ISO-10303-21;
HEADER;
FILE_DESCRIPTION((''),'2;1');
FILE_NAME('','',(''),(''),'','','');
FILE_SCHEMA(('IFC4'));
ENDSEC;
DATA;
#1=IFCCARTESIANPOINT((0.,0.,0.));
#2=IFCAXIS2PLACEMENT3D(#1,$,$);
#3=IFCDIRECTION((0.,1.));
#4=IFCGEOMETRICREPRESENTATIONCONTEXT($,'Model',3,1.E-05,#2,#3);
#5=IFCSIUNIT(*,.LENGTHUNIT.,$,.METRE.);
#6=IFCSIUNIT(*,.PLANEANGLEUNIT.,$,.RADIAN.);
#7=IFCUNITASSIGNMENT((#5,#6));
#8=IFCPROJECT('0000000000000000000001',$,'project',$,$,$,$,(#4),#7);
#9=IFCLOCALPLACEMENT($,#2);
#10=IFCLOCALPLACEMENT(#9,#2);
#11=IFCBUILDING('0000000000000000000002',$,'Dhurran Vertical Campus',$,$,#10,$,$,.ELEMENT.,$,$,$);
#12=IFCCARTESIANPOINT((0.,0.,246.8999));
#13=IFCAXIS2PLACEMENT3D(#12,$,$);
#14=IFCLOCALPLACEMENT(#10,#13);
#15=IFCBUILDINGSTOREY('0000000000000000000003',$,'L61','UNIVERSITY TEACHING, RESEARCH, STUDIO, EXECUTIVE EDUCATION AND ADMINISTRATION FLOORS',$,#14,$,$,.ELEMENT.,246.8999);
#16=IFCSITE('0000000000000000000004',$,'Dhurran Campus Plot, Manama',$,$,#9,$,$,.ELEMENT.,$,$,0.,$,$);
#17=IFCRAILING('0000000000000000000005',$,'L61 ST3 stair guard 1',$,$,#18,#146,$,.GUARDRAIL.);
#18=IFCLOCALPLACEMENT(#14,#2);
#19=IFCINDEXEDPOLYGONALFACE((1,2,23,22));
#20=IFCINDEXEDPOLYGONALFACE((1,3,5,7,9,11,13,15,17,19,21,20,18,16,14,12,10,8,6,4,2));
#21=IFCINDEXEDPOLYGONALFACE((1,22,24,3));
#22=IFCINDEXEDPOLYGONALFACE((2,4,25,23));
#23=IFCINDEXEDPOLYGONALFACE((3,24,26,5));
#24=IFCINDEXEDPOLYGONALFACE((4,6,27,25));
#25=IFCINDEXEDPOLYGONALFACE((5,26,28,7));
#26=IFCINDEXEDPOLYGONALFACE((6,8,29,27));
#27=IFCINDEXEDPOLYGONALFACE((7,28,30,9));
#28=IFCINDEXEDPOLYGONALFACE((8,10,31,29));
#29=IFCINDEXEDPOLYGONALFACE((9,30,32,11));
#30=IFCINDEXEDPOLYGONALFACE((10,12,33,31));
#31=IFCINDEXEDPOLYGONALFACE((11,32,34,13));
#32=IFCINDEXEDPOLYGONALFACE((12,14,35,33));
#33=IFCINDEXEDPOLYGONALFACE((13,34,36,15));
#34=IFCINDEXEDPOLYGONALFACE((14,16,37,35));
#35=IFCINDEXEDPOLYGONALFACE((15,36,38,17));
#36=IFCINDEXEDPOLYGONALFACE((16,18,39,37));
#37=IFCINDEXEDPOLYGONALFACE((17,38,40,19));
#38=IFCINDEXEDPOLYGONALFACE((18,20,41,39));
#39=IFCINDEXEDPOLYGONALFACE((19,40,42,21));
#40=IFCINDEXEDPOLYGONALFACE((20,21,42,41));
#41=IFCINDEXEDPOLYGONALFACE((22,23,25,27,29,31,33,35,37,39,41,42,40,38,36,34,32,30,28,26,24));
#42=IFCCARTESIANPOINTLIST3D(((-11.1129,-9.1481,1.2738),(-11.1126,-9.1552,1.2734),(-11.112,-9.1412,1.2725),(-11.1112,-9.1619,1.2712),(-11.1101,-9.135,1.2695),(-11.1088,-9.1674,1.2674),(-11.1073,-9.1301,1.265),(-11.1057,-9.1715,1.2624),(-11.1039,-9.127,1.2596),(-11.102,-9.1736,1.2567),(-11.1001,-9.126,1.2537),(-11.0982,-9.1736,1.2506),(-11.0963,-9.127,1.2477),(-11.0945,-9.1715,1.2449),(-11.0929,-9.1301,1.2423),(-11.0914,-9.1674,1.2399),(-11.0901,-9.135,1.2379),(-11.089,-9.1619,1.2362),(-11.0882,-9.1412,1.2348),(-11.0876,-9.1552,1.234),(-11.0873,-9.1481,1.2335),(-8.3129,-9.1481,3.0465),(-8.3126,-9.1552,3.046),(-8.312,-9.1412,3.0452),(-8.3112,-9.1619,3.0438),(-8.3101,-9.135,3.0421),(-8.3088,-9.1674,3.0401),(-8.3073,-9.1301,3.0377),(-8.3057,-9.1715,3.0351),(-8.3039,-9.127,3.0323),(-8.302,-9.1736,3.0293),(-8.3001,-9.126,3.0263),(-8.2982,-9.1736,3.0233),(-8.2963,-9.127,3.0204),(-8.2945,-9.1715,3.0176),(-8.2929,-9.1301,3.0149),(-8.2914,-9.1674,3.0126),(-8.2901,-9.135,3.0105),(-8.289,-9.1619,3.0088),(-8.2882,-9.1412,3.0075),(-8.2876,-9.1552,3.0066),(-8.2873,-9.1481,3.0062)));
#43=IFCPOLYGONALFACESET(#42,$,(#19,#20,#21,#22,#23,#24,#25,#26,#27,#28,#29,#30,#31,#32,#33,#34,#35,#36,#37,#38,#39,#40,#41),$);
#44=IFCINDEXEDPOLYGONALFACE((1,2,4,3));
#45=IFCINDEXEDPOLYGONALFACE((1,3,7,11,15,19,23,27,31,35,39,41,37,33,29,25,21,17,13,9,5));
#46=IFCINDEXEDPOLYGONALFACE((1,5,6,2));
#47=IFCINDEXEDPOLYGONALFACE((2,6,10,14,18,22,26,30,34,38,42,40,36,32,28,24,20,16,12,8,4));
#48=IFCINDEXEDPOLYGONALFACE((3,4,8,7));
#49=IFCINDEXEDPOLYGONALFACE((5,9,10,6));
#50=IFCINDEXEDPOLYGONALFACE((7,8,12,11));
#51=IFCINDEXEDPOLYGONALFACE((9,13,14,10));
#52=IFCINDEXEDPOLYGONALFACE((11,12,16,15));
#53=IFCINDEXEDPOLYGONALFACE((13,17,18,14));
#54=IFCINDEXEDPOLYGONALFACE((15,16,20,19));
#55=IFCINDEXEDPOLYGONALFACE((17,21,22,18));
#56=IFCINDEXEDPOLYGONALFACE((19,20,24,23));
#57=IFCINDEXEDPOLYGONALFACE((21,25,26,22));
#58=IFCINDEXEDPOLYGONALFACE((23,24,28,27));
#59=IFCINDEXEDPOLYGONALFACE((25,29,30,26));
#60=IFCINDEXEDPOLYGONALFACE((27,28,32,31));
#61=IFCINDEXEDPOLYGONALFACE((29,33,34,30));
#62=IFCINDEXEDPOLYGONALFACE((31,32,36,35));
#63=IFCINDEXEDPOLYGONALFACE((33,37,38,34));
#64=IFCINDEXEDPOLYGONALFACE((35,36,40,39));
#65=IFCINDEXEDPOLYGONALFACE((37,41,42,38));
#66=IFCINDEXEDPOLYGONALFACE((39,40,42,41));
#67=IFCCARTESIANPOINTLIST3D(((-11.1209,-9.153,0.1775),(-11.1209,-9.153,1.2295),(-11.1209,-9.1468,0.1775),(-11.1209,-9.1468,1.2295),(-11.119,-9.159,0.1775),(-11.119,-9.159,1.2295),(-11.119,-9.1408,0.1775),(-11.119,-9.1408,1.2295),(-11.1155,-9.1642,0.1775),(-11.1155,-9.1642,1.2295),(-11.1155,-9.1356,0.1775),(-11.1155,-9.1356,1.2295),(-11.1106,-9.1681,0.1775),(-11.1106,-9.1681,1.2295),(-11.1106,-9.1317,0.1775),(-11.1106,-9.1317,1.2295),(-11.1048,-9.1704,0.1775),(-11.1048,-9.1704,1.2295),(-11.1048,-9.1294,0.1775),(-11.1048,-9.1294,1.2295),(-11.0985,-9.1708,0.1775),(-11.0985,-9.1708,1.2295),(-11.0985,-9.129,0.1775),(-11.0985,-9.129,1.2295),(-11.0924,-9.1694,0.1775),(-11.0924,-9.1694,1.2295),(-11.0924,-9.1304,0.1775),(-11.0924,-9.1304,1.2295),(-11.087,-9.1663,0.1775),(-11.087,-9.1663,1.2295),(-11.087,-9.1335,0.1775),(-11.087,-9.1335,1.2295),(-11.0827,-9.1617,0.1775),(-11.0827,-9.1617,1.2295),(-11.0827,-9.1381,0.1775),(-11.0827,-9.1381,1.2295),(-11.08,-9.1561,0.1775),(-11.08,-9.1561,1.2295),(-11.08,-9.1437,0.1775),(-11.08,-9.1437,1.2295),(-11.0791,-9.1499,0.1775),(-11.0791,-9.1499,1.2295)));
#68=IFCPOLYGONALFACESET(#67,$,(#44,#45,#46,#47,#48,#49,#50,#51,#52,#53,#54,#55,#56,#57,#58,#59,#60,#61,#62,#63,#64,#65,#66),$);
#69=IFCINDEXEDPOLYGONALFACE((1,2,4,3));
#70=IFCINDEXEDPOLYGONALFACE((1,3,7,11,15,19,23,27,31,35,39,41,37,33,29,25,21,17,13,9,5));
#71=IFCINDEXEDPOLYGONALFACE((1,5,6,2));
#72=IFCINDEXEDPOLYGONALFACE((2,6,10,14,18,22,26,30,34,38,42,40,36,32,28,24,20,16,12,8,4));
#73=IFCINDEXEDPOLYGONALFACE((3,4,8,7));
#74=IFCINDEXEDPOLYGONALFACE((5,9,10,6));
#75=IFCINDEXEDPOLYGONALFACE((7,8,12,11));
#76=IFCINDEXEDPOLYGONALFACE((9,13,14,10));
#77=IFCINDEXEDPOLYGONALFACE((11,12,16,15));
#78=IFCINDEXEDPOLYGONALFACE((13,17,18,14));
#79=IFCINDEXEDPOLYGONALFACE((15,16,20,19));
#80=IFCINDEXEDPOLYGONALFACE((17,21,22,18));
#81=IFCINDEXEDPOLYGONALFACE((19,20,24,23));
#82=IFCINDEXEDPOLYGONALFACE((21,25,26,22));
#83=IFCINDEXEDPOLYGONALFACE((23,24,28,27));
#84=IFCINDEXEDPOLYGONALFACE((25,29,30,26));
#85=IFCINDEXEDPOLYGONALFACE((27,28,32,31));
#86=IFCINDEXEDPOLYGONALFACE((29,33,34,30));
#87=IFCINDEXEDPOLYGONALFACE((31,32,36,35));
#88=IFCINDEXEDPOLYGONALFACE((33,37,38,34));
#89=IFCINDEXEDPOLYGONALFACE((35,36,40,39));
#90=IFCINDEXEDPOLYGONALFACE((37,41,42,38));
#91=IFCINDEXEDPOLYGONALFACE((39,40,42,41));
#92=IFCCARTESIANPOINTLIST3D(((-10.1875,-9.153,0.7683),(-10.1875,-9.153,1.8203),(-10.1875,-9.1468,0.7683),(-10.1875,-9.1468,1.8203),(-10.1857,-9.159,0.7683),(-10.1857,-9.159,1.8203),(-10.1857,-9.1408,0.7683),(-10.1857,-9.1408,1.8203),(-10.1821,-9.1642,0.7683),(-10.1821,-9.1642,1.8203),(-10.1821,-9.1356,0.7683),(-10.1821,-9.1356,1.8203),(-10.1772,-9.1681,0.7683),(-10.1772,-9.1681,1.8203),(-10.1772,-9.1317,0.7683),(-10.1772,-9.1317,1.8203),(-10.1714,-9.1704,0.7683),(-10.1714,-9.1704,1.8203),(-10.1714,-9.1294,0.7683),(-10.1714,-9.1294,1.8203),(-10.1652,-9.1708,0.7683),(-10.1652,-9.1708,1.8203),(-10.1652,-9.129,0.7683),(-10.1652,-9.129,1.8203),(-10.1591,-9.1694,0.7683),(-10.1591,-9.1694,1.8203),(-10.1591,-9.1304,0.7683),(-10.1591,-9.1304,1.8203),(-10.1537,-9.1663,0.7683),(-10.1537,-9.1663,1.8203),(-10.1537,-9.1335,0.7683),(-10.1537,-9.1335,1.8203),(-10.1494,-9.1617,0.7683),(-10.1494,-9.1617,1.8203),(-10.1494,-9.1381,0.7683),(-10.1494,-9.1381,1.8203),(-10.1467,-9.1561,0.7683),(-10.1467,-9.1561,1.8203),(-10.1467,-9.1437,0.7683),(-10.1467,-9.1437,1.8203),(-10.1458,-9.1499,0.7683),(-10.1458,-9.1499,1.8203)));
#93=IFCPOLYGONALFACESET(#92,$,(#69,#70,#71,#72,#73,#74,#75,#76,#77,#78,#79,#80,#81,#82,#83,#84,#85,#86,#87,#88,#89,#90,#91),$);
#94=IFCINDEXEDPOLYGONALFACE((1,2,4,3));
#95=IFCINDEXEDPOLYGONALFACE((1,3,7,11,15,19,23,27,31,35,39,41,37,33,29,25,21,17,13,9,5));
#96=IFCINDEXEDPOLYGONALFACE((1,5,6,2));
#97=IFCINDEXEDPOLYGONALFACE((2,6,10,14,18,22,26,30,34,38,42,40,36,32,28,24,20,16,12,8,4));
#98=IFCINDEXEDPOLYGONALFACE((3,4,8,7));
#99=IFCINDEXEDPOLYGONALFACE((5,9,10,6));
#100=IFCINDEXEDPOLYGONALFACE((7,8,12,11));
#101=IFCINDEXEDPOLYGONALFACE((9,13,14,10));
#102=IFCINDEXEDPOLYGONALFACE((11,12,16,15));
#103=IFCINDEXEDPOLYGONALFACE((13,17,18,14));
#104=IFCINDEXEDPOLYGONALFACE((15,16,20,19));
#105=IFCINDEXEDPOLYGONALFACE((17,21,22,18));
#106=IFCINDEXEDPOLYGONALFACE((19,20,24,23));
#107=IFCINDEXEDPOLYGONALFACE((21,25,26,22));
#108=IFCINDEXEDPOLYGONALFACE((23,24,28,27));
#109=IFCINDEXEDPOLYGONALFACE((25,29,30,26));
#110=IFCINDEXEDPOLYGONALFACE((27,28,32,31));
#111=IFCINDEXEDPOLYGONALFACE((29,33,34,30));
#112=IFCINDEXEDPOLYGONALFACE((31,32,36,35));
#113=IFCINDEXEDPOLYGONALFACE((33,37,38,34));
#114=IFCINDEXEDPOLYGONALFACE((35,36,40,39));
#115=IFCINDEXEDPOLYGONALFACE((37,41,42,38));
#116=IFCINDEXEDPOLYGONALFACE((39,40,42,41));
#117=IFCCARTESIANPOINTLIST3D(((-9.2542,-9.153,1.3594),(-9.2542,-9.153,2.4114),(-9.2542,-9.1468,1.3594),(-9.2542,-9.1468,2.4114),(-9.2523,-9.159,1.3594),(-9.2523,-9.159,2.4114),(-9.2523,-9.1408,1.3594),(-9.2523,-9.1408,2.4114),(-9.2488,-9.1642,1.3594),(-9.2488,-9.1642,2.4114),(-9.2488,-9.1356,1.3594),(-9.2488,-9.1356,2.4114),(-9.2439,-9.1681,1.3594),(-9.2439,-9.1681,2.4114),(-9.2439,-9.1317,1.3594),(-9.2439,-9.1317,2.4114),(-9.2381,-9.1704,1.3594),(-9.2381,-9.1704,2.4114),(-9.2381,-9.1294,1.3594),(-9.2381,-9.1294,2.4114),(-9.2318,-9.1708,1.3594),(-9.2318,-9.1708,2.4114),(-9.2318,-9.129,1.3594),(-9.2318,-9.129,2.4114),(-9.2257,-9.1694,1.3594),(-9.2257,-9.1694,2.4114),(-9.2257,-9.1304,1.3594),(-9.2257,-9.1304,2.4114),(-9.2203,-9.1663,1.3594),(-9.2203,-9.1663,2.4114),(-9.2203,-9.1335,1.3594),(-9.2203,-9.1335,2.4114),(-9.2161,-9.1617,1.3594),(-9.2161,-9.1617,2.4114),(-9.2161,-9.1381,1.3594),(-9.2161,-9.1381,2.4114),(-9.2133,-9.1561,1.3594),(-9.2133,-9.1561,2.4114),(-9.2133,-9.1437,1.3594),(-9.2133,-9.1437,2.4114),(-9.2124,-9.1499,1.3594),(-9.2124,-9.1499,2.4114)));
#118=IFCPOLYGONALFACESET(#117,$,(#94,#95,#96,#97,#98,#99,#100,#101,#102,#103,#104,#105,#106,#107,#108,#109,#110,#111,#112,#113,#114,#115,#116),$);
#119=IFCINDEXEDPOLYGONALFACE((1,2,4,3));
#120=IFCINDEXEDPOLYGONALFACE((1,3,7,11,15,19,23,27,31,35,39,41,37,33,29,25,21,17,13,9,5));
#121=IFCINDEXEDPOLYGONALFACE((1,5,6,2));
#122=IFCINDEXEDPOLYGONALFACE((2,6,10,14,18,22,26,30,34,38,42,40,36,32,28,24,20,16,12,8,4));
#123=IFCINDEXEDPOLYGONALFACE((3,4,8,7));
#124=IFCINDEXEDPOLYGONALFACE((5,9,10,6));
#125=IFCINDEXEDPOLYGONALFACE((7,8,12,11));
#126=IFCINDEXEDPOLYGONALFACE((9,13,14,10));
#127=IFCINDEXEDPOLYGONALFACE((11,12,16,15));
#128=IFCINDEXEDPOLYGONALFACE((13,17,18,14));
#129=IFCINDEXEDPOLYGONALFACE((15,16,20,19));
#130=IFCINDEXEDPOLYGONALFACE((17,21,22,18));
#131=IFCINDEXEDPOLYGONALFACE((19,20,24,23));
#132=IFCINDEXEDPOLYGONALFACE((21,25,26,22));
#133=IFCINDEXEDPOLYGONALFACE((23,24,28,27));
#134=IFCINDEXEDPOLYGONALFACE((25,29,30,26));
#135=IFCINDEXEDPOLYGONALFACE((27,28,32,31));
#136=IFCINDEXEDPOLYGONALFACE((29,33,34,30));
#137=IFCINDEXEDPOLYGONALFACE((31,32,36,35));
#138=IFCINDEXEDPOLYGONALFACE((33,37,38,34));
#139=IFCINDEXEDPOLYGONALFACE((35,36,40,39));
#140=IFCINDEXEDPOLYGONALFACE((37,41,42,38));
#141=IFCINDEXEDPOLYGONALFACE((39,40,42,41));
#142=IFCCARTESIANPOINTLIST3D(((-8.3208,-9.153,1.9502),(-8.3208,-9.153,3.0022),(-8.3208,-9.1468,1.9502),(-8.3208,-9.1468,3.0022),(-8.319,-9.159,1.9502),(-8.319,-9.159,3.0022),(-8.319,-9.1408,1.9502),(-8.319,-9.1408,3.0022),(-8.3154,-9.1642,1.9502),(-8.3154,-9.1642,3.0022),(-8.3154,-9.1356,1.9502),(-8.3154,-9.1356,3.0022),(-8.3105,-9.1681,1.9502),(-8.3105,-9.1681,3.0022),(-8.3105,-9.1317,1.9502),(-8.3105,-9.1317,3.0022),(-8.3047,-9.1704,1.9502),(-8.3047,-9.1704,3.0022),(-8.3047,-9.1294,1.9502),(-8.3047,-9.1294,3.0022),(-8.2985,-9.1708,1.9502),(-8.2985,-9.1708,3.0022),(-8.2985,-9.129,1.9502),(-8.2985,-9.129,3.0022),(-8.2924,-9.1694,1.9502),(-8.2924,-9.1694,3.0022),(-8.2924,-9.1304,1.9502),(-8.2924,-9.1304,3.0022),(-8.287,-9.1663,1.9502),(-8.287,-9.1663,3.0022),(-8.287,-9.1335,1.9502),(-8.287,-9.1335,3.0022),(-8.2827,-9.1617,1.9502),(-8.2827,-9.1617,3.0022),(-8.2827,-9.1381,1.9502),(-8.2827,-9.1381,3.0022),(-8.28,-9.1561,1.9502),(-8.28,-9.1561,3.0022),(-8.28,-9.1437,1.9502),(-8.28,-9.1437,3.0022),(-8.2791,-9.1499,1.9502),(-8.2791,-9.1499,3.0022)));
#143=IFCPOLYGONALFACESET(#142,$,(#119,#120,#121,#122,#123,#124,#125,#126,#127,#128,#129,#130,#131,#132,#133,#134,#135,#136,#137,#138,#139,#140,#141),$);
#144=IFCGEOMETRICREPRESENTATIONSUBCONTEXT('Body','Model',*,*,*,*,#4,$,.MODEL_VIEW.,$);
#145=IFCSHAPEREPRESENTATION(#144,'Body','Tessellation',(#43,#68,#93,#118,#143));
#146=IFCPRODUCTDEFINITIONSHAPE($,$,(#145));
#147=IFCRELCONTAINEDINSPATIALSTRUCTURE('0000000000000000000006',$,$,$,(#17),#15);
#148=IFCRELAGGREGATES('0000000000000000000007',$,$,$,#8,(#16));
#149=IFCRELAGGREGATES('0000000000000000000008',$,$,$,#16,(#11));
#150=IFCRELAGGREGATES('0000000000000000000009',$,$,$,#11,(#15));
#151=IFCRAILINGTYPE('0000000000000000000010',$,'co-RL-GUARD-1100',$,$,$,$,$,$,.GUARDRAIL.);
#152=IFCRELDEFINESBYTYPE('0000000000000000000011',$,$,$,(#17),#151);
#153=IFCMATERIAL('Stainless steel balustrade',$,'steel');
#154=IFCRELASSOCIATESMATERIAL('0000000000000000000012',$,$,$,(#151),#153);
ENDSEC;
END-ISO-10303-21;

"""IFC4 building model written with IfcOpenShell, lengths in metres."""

from ifc_helpers import new_model, si_unit, direction, frame, origin, origin_2d, place, context, subcontext, project, spatial, circle, extrude, material, type_object, element, save


model = new_model("IFC4")

# Units and contexts
model_context = context("Model", 3, precision=1e-05, world=origin(), true_north=direction((0.0, 1.0)))
body_context = subcontext(model_context, "Body", "Model", "MODEL_VIEW")
ifc_project = project(units=[si_unit("LENGTHUNIT", "METRE"), si_unit("PLANEANGLEUNIT", "RADIAN")], contexts=[model_context])

# Site, building, storey
site_placement = place(None, origin())
site = spatial("IfcSite", under=ifc_project, at=site_placement, Name="Dhurran Campus Plot, Manama", CompositionType="ELEMENT", RefElevation=0.0)
building_placement = place(site_placement, origin())
building = spatial("IfcBuilding", under=site, at=building_placement, Name="Dhurran Vertical Campus", CompositionType="ELEMENT")
storey_placement = place(building_placement, frame((0.0, 0.0, 246.8999)))
storey = spatial("IfcBuildingStorey", under=building, at=storey_placement, Name="L61", Description="UNIVERSITY TEACHING, RESEARCH, STUDIO, EXECUTIVE EDUCATION AND ADMINISTRATION FLOORS", CompositionType="ELEMENT", Elevation=246.8999)

# Railing
ifc_material_1 = material(Name="Stainless steel balustrade", Category="steel")
railing_type_1 = type_object("IfcRailingType", Name="co-RL-GUARD-1100", PredefinedType="GUARDRAIL", material=ifc_material_1)
railing_1_placement = place(storey_placement, frame((-11.1001, -9.1499, 0.1775)))
element("IfcRailing", 1, at=railing_1_placement, inside=storey, type_object=railing_type_1, Name="L61 ST3 stair guard 1", PredefinedType="GUARDRAIL", context=body_context, shape_type="SweptSolid", body=[
    extrude(circle(Radius=0.0239, at=origin_2d()), frame((0.0, 0.0, 1.0762), z_axis=(0.844909, 0.0, 0.53491), x_axis=(0.0, 1.0, 0.0)), (0.0, 0.0, 1.0), 3.314),
    extrude(circle(Radius=0.021, at=origin_2d()), origin(), (0.0, 0.0, 1.0), 1.052),
    extrude(circle(Radius=0.021, at=origin_2d()), frame((0.9333, 0.0, 0.5908)), (0.0, 0.0, 1.0), 1.052),
    extrude(circle(Radius=0.021, at=origin_2d()), frame((1.8667, 0.0, 1.1819)), (0.0, 0.0, 1.0), 1.052),
    extrude(circle(Radius=0.021, at=origin_2d()), frame((2.8, 0.0, 1.7727)), (0.0, 0.0, 1.0), 1.052),
])

save(model, "model.ifc")
